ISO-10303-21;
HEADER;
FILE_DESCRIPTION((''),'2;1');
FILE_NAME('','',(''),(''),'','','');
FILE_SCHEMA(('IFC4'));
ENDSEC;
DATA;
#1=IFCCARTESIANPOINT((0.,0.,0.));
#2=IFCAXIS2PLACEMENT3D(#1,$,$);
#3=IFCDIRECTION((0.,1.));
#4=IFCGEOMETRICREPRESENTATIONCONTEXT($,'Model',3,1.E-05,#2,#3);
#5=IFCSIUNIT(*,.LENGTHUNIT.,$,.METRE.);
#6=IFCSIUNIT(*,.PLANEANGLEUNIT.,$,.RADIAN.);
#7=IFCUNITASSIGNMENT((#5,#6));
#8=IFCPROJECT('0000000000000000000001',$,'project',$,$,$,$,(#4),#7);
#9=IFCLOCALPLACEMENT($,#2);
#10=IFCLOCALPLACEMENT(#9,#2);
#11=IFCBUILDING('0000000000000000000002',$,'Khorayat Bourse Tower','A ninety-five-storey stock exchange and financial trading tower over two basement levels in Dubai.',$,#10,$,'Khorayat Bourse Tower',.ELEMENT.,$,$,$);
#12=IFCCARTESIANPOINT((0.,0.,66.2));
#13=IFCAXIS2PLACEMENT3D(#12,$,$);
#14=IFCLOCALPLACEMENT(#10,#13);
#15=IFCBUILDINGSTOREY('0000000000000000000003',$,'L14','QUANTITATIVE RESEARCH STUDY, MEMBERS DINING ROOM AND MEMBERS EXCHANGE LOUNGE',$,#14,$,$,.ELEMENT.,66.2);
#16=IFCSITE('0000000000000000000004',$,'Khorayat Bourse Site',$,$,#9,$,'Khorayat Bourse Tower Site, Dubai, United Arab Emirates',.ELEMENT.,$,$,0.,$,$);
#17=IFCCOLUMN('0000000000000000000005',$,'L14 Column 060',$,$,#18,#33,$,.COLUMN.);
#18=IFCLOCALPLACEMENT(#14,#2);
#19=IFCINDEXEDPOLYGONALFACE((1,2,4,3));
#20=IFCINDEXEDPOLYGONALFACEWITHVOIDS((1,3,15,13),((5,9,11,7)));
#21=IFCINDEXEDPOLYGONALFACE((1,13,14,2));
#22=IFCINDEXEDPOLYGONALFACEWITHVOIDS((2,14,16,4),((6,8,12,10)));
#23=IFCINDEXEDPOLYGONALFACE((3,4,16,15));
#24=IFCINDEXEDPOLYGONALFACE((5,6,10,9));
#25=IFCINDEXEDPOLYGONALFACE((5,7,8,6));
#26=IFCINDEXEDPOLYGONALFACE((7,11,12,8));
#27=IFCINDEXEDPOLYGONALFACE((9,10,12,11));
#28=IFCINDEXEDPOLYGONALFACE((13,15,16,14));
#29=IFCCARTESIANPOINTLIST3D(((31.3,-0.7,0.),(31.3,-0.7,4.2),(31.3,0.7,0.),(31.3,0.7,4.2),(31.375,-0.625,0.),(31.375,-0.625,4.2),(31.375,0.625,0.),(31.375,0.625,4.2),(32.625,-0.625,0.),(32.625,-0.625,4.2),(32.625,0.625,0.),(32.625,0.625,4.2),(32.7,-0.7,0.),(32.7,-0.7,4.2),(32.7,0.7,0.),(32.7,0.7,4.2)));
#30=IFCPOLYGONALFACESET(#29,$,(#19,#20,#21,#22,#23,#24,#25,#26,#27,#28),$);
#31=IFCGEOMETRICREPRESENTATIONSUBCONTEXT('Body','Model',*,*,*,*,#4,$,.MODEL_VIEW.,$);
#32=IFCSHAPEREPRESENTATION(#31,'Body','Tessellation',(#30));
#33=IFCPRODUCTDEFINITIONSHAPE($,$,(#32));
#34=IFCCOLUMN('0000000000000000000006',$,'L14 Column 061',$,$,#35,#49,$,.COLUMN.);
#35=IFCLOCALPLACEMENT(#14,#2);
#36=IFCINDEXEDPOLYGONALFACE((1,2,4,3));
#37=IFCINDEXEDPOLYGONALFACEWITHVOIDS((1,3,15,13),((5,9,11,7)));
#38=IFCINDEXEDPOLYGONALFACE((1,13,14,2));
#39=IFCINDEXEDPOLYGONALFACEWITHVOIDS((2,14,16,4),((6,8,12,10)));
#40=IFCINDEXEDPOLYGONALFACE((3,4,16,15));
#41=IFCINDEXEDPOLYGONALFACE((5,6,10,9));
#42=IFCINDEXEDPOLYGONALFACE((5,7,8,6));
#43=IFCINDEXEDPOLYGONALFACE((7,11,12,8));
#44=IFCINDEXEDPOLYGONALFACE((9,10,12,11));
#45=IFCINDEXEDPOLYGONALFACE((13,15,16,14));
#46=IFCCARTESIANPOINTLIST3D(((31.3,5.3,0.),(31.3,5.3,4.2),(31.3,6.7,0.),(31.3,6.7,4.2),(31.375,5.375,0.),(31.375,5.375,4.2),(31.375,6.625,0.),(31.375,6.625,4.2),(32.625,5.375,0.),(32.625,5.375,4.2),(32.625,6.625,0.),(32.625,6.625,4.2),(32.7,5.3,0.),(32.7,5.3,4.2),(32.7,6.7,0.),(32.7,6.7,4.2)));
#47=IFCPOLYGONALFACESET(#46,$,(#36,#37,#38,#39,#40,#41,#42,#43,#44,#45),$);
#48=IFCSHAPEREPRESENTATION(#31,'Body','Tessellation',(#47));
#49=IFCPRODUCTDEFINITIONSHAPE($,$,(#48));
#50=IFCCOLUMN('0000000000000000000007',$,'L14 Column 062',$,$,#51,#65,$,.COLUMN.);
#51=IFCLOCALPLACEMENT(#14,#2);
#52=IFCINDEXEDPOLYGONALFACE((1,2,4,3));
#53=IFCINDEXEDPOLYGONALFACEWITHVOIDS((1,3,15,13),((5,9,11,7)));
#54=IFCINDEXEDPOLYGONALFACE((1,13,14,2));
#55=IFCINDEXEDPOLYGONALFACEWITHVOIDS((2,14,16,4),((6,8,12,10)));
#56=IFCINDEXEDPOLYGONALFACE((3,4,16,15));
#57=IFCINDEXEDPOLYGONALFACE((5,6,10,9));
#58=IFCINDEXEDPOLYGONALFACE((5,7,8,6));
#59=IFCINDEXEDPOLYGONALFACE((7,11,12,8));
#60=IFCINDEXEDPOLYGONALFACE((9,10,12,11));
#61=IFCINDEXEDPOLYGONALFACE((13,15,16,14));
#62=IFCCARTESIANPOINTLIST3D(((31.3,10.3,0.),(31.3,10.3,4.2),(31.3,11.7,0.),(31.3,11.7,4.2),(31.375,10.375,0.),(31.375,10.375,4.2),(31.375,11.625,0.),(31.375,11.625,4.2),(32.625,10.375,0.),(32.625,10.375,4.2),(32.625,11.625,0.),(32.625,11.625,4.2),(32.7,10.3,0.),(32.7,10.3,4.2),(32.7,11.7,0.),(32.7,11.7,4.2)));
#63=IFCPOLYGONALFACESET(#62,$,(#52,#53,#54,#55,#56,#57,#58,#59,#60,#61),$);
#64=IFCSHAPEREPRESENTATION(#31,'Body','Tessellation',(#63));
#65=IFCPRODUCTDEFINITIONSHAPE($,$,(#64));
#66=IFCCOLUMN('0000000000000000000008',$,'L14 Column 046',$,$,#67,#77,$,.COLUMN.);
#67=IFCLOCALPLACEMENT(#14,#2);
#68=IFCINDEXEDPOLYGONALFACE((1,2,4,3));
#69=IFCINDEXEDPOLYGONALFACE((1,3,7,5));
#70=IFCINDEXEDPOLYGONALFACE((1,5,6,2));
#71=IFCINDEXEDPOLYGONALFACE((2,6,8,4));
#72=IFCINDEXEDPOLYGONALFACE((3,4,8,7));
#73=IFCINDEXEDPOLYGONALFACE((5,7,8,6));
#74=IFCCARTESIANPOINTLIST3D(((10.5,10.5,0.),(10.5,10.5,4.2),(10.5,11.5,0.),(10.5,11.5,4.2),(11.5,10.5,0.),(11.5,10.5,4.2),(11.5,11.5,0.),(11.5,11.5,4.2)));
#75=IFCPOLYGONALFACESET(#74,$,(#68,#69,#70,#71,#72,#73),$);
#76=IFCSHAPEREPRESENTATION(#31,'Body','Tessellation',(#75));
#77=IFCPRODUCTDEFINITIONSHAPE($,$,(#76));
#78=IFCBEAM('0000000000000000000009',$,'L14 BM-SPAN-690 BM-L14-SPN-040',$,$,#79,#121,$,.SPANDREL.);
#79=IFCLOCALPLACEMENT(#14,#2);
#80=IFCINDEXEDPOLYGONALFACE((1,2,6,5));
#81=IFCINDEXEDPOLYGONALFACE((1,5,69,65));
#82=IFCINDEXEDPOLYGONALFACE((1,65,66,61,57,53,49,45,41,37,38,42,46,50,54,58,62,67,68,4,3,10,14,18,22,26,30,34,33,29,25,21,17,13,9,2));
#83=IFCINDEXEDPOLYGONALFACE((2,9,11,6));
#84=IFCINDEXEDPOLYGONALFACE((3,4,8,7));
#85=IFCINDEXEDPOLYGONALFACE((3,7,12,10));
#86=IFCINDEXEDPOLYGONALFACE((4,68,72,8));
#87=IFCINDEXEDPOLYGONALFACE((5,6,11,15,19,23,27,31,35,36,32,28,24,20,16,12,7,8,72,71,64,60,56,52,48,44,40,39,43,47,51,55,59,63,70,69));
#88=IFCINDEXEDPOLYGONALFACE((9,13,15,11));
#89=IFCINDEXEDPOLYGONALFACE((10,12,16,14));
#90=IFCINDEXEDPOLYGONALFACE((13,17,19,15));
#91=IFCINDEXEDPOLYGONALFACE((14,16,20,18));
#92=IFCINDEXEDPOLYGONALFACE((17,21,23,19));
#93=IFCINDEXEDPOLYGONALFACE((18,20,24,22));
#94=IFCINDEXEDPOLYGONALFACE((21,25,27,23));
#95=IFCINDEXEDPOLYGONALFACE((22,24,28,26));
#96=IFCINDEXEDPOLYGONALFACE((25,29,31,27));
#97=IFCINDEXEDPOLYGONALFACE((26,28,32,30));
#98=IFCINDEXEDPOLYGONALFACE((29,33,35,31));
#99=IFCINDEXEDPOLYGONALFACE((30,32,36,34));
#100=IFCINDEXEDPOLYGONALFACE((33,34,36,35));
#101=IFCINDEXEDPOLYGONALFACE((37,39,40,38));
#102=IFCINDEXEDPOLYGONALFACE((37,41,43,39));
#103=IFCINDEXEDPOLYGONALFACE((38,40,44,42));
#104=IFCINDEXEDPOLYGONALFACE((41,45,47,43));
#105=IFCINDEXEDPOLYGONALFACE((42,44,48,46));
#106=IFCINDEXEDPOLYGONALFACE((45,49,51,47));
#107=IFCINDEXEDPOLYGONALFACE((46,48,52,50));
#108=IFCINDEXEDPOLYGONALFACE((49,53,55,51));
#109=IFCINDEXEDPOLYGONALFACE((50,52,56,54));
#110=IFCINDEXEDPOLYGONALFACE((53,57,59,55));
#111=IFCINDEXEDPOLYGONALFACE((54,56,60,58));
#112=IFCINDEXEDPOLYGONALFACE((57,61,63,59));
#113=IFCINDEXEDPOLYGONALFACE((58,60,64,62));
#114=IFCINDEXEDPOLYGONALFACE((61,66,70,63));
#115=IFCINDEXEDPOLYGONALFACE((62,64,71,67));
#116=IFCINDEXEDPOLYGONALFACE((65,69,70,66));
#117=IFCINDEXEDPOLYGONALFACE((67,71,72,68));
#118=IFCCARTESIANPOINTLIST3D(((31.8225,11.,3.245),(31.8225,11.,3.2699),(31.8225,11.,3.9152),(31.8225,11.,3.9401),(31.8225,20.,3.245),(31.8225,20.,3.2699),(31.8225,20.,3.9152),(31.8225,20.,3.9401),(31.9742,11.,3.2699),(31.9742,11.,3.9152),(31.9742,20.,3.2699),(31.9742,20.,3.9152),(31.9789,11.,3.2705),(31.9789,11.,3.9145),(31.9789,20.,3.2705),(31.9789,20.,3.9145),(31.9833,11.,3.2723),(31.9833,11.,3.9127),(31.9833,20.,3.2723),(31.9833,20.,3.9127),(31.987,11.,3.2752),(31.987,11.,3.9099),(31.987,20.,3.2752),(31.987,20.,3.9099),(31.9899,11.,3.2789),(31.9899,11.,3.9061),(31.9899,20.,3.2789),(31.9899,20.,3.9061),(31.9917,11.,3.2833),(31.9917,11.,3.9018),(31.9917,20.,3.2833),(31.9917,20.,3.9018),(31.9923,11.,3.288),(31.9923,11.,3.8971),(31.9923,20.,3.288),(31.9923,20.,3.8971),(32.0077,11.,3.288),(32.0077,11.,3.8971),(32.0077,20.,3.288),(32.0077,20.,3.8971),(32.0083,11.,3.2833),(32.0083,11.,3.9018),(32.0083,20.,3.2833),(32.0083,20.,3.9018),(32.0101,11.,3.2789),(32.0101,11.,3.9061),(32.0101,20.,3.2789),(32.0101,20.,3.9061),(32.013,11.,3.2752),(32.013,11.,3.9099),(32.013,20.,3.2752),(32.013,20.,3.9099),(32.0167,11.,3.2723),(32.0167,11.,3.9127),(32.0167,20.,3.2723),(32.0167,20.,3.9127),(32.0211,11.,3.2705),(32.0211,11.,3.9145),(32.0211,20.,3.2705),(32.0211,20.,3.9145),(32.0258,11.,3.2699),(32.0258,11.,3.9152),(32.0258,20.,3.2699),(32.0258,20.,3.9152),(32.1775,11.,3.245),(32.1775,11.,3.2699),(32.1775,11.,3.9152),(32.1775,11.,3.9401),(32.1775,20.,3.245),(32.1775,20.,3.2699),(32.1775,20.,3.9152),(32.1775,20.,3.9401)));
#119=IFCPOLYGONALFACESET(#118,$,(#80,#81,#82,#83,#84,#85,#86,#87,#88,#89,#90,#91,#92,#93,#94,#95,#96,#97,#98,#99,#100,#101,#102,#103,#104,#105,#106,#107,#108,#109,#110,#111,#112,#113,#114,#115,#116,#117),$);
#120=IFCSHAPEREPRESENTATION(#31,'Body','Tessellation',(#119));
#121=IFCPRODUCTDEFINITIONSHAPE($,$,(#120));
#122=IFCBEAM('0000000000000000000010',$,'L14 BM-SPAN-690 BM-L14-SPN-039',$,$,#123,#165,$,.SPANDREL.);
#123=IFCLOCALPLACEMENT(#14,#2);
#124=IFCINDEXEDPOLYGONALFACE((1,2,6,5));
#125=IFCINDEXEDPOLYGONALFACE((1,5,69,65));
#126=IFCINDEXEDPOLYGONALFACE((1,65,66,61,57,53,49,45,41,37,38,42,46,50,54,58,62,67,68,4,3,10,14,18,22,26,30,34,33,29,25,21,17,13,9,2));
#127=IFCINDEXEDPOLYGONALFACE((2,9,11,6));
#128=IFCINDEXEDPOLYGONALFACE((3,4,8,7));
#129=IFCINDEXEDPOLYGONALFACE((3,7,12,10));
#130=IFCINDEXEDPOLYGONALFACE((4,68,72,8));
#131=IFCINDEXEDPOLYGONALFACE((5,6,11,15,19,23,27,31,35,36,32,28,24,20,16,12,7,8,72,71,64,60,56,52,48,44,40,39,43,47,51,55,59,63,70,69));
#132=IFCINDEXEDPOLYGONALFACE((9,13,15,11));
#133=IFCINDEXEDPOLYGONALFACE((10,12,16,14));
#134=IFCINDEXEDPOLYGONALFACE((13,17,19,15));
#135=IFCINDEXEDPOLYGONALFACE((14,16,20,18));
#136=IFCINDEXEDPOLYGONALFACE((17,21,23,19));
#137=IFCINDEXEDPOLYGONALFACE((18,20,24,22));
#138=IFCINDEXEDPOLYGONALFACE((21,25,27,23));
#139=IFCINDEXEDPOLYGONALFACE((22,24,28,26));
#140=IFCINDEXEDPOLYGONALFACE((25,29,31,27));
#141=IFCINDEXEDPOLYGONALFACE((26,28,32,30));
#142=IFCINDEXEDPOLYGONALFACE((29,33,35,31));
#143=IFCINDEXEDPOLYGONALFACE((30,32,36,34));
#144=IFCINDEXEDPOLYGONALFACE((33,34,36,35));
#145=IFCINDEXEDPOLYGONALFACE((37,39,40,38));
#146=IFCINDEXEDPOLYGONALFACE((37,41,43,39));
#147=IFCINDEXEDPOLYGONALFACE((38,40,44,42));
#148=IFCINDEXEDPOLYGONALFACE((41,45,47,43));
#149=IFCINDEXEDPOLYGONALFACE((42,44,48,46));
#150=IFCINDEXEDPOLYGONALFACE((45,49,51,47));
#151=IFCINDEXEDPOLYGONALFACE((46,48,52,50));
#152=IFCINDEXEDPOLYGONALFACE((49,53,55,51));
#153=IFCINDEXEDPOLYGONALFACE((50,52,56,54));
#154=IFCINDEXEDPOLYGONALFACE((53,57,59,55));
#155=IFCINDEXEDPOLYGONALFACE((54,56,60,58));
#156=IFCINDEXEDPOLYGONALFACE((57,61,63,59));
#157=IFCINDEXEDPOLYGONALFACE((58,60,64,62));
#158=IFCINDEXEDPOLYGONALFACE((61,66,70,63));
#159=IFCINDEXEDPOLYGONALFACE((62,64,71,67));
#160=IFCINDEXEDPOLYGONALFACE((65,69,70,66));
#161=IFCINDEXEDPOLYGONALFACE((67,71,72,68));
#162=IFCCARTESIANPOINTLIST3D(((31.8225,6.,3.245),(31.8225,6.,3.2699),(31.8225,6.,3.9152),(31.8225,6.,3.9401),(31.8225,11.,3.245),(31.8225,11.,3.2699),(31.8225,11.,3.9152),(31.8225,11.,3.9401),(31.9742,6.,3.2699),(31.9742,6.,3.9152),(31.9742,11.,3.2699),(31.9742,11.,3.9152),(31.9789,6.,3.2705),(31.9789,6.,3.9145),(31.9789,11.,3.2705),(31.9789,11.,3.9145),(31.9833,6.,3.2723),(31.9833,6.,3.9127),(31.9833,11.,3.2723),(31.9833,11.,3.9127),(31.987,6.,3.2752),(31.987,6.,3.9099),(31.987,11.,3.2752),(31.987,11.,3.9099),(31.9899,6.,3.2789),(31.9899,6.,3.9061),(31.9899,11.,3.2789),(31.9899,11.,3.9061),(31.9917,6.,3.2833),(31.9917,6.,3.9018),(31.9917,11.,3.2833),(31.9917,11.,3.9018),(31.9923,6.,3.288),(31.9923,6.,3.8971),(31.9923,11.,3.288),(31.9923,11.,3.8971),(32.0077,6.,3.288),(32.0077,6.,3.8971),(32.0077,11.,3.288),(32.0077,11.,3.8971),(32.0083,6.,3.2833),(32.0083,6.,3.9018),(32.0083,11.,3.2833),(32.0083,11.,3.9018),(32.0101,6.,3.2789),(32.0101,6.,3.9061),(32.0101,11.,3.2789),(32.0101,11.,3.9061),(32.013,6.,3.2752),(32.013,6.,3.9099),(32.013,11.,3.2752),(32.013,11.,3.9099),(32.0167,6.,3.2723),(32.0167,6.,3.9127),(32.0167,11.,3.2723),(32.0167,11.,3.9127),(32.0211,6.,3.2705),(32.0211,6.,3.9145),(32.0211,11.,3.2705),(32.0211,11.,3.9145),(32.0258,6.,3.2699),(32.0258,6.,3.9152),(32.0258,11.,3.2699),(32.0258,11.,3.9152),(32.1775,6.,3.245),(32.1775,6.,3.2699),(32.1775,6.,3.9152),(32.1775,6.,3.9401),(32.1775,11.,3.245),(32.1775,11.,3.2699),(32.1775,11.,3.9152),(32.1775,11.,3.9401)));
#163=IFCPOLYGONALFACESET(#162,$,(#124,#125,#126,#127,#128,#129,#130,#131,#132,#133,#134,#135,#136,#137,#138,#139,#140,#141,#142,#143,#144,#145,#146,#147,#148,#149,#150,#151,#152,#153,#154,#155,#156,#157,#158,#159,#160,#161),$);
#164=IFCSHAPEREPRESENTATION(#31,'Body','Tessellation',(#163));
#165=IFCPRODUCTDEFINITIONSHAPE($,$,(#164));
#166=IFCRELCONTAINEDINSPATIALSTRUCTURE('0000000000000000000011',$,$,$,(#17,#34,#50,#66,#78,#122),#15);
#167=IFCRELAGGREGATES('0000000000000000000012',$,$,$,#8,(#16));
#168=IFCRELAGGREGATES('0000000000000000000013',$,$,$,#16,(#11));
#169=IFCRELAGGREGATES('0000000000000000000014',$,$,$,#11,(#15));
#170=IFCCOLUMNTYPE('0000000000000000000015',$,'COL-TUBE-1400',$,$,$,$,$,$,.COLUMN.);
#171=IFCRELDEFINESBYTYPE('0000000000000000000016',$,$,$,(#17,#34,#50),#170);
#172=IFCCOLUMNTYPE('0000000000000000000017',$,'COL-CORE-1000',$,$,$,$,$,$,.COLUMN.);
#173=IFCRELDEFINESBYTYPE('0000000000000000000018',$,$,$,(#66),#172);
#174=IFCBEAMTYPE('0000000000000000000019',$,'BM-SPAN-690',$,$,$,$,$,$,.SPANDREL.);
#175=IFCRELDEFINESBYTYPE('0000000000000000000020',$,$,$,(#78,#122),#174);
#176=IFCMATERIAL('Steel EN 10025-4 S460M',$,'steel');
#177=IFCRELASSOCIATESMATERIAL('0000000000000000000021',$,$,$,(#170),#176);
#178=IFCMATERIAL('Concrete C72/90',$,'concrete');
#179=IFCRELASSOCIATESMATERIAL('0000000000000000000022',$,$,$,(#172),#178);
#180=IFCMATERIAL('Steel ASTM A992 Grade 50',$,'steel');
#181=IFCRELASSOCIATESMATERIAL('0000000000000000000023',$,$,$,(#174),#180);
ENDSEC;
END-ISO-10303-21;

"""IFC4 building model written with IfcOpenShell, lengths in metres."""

from ifc_helpers import new_model, si_unit, direction, frame, origin, origin_2d, place, context, subcontext, project, spatial, rectangle, hollow_rectangle, i_section, extrude, source, transform, mapped, material, material_profile, profile_set, type_object, element, save


model = new_model("IFC4")

# Units and contexts
model_context = context("Model", 3, precision=1e-05, world=origin(), true_north=direction((0.0, 1.0)))
body_context = subcontext(model_context, "Body", "Model", "MODEL_VIEW")
ifc_project = project(units=[si_unit("LENGTHUNIT", "METRE"), si_unit("PLANEANGLEUNIT", "RADIAN")], contexts=[model_context])

# Site, building, storey
site_placement = place(None, origin())
site = spatial("IfcSite", under=ifc_project, at=site_placement, Name="Khorayat Bourse Site", LongName="Khorayat Bourse Tower Site, Dubai, United Arab Emirates", CompositionType="ELEMENT", RefElevation=0.0)
building_placement = place(site_placement, origin())
building = spatial("IfcBuilding", under=site, at=building_placement, Name="Khorayat Bourse Tower", Description="A ninety-five-storey stock exchange and financial trading tower over two basement levels in Dubai.", LongName="Khorayat Bourse Tower", CompositionType="ELEMENT")
storey_placement = place(building_placement, frame((0.0, 0.0, 66.2)))
storey = spatial("IfcBuildingStorey", under=building, at=storey_placement, Name="L14", Description="QUANTITATIVE RESEARCH STUDY, MEMBERS DINING ROOM AND MEMBERS EXCHANGE LOUNGE", CompositionType="ELEMENT", Elevation=66.2)

# Columns
ifc_material_1 = material(Name="Steel EN 10025-4 S460M", Category="steel")
ifc_material_profile_1 = material_profile(ifc_material_1, hollow_rectangle(XDim=1.3999, YDim=1.3999, WallThickness=0.075, at=origin_2d()), Name="BOX 1400x1400x75")
ifc_profile_set_1 = profile_set([ifc_material_profile_1], Name="Steel EN 10025-4 S460M")
column_type_1 = type_object("IfcColumnType", Name="COL-TUBE-1400", PredefinedType="COLUMN", material=ifc_profile_set_1)
shared_shape_1 = source(origin(), body_context, "Body", "SweptSolid", [
    extrude(hollow_rectangle(XDim=1.3999, YDim=1.3999, WallThickness=0.075, at=origin_2d()), origin(), (0.0, 0.0, 1.0), 4.2),
])
for number, where, z_axis, x_axis, name in (
    (1, (32.0, 0.0, 0.0), (0.0, 0.0, 1.0), (1.0, 0.0, 0.0), "L14 Column 060"),
    (2, (32.0, 6.0, 0.0), (0.0, 0.0, 1.0), (1.0, 0.0, 0.0), "L14 Column 061"),
    (3, (32.0, 11.0, 0.0), (0.0, 0.0, 1.0), (1.0, 0.0, 0.0), "L14 Column 062"),
):
    element("IfcColumn", number, at=place(storey_placement, frame(where, z_axis=z_axis, x_axis=x_axis)), inside=storey, type_object=column_type_1, Name=name, PredefinedType="COLUMN", context=body_context, shape_type="MappedRepresentation", body=[
        mapped(shared_shape_1, transform((0.0, 0.0, 0.0), scale=1.0)),
    ])
ifc_material_2 = material(Name="Concrete C72/90", Category="concrete")
ifc_material_profile_2 = material_profile(ifc_material_2, rectangle(XDim=1.0, YDim=1.0, at=origin_2d()), Name="RC 1000x1000")
ifc_profile_set_2 = profile_set([ifc_material_profile_2], Name="Concrete C72/90")
column_type_2 = type_object("IfcColumnType", Name="COL-CORE-1000", PredefinedType="COLUMN", material=ifc_profile_set_2)
shared_shape_2 = source(origin(), body_context, "Body", "SweptSolid", [
    extrude(rectangle(XDim=1.0, YDim=1.0, at=origin_2d()), origin(), (0.0, 0.0, 1.0), 4.2),
])
column_placement = place(storey_placement, frame((11.0, 11.0, 0.0), z_axis=(0.0, 0.0, 1.0), x_axis=(1.0, 0.0, 0.0)))
element("IfcColumn", 4, at=column_placement, inside=storey, type_object=column_type_2, Name="L14 Column 046", PredefinedType="COLUMN", context=body_context, shape_type="MappedRepresentation", body=[
    mapped(shared_shape_2, transform((0.0, 0.0, 0.0), scale=1.0)),
])

# Beams
ifc_material_3 = material(Name="Steel ASTM A992 Grade 50", Category="steel")
ifc_material_profile_3 = material_profile(ifc_material_3, i_section(OverallWidth=0.355, OverallDepth=0.6951, WebThickness=0.0154, FlangeThickness=0.0249, FilletRadius=0.0181, at=origin_2d()), Name="W690X217")
ifc_profile_set_3 = profile_set([ifc_material_profile_3], Name="Steel ASTM A992 Grade 50")
beam_type_1 = type_object("IfcBeamType", Name="BM-SPAN-690", PredefinedType="SPANDREL", material=ifc_profile_set_3)
shared_shape_3 = source(origin(), body_context, "Body", "SweptSolid", [
    extrude(i_section(OverallWidth=0.355, OverallDepth=0.6951, WebThickness=0.0154, FlangeThickness=0.0249, FilletRadius=0.0181, at=origin_2d()), origin(), (0.0, 0.0, 1.0), 9.0),
])
beam_1_placement = place(storey_placement, frame((32.0, 11.0, 3.5925), z_axis=(0.0, 1.0, 0.0), x_axis=(-1.0, 0.0, 0.0)))
element("IfcBeam", 5, at=beam_1_placement, inside=storey, type_object=beam_type_1, Name="L14 BM-SPAN-690 BM-L14-SPN-040", PredefinedType="SPANDREL", context=body_context, shape_type="MappedRepresentation", body=[
    mapped(shared_shape_3, transform((0.0, 0.0, 0.0), scale=1.0)),
])
shared_shape_4 = source(origin(), body_context, "Body", "SweptSolid", [
    extrude(i_section(OverallWidth=0.355, OverallDepth=0.6951, WebThickness=0.0154, FlangeThickness=0.0249, FilletRadius=0.0181, at=origin_2d()), origin(), (0.0, 0.0, 1.0), 5.0),
])
beam_2_placement = place(storey_placement, frame((32.0, 6.0, 3.5925), z_axis=(0.0, 1.0, 0.0), x_axis=(-1.0, 0.0, 0.0)))
element("IfcBeam", 6, at=beam_2_placement, inside=storey, type_object=beam_type_1, Name="L14 BM-SPAN-690 BM-L14-SPN-039", PredefinedType="SPANDREL", context=body_context, shape_type="MappedRepresentation", body=[
    mapped(shared_shape_4, transform((0.0, 0.0, 0.0), scale=1.0)),
])

save(model, "model.ifc")
